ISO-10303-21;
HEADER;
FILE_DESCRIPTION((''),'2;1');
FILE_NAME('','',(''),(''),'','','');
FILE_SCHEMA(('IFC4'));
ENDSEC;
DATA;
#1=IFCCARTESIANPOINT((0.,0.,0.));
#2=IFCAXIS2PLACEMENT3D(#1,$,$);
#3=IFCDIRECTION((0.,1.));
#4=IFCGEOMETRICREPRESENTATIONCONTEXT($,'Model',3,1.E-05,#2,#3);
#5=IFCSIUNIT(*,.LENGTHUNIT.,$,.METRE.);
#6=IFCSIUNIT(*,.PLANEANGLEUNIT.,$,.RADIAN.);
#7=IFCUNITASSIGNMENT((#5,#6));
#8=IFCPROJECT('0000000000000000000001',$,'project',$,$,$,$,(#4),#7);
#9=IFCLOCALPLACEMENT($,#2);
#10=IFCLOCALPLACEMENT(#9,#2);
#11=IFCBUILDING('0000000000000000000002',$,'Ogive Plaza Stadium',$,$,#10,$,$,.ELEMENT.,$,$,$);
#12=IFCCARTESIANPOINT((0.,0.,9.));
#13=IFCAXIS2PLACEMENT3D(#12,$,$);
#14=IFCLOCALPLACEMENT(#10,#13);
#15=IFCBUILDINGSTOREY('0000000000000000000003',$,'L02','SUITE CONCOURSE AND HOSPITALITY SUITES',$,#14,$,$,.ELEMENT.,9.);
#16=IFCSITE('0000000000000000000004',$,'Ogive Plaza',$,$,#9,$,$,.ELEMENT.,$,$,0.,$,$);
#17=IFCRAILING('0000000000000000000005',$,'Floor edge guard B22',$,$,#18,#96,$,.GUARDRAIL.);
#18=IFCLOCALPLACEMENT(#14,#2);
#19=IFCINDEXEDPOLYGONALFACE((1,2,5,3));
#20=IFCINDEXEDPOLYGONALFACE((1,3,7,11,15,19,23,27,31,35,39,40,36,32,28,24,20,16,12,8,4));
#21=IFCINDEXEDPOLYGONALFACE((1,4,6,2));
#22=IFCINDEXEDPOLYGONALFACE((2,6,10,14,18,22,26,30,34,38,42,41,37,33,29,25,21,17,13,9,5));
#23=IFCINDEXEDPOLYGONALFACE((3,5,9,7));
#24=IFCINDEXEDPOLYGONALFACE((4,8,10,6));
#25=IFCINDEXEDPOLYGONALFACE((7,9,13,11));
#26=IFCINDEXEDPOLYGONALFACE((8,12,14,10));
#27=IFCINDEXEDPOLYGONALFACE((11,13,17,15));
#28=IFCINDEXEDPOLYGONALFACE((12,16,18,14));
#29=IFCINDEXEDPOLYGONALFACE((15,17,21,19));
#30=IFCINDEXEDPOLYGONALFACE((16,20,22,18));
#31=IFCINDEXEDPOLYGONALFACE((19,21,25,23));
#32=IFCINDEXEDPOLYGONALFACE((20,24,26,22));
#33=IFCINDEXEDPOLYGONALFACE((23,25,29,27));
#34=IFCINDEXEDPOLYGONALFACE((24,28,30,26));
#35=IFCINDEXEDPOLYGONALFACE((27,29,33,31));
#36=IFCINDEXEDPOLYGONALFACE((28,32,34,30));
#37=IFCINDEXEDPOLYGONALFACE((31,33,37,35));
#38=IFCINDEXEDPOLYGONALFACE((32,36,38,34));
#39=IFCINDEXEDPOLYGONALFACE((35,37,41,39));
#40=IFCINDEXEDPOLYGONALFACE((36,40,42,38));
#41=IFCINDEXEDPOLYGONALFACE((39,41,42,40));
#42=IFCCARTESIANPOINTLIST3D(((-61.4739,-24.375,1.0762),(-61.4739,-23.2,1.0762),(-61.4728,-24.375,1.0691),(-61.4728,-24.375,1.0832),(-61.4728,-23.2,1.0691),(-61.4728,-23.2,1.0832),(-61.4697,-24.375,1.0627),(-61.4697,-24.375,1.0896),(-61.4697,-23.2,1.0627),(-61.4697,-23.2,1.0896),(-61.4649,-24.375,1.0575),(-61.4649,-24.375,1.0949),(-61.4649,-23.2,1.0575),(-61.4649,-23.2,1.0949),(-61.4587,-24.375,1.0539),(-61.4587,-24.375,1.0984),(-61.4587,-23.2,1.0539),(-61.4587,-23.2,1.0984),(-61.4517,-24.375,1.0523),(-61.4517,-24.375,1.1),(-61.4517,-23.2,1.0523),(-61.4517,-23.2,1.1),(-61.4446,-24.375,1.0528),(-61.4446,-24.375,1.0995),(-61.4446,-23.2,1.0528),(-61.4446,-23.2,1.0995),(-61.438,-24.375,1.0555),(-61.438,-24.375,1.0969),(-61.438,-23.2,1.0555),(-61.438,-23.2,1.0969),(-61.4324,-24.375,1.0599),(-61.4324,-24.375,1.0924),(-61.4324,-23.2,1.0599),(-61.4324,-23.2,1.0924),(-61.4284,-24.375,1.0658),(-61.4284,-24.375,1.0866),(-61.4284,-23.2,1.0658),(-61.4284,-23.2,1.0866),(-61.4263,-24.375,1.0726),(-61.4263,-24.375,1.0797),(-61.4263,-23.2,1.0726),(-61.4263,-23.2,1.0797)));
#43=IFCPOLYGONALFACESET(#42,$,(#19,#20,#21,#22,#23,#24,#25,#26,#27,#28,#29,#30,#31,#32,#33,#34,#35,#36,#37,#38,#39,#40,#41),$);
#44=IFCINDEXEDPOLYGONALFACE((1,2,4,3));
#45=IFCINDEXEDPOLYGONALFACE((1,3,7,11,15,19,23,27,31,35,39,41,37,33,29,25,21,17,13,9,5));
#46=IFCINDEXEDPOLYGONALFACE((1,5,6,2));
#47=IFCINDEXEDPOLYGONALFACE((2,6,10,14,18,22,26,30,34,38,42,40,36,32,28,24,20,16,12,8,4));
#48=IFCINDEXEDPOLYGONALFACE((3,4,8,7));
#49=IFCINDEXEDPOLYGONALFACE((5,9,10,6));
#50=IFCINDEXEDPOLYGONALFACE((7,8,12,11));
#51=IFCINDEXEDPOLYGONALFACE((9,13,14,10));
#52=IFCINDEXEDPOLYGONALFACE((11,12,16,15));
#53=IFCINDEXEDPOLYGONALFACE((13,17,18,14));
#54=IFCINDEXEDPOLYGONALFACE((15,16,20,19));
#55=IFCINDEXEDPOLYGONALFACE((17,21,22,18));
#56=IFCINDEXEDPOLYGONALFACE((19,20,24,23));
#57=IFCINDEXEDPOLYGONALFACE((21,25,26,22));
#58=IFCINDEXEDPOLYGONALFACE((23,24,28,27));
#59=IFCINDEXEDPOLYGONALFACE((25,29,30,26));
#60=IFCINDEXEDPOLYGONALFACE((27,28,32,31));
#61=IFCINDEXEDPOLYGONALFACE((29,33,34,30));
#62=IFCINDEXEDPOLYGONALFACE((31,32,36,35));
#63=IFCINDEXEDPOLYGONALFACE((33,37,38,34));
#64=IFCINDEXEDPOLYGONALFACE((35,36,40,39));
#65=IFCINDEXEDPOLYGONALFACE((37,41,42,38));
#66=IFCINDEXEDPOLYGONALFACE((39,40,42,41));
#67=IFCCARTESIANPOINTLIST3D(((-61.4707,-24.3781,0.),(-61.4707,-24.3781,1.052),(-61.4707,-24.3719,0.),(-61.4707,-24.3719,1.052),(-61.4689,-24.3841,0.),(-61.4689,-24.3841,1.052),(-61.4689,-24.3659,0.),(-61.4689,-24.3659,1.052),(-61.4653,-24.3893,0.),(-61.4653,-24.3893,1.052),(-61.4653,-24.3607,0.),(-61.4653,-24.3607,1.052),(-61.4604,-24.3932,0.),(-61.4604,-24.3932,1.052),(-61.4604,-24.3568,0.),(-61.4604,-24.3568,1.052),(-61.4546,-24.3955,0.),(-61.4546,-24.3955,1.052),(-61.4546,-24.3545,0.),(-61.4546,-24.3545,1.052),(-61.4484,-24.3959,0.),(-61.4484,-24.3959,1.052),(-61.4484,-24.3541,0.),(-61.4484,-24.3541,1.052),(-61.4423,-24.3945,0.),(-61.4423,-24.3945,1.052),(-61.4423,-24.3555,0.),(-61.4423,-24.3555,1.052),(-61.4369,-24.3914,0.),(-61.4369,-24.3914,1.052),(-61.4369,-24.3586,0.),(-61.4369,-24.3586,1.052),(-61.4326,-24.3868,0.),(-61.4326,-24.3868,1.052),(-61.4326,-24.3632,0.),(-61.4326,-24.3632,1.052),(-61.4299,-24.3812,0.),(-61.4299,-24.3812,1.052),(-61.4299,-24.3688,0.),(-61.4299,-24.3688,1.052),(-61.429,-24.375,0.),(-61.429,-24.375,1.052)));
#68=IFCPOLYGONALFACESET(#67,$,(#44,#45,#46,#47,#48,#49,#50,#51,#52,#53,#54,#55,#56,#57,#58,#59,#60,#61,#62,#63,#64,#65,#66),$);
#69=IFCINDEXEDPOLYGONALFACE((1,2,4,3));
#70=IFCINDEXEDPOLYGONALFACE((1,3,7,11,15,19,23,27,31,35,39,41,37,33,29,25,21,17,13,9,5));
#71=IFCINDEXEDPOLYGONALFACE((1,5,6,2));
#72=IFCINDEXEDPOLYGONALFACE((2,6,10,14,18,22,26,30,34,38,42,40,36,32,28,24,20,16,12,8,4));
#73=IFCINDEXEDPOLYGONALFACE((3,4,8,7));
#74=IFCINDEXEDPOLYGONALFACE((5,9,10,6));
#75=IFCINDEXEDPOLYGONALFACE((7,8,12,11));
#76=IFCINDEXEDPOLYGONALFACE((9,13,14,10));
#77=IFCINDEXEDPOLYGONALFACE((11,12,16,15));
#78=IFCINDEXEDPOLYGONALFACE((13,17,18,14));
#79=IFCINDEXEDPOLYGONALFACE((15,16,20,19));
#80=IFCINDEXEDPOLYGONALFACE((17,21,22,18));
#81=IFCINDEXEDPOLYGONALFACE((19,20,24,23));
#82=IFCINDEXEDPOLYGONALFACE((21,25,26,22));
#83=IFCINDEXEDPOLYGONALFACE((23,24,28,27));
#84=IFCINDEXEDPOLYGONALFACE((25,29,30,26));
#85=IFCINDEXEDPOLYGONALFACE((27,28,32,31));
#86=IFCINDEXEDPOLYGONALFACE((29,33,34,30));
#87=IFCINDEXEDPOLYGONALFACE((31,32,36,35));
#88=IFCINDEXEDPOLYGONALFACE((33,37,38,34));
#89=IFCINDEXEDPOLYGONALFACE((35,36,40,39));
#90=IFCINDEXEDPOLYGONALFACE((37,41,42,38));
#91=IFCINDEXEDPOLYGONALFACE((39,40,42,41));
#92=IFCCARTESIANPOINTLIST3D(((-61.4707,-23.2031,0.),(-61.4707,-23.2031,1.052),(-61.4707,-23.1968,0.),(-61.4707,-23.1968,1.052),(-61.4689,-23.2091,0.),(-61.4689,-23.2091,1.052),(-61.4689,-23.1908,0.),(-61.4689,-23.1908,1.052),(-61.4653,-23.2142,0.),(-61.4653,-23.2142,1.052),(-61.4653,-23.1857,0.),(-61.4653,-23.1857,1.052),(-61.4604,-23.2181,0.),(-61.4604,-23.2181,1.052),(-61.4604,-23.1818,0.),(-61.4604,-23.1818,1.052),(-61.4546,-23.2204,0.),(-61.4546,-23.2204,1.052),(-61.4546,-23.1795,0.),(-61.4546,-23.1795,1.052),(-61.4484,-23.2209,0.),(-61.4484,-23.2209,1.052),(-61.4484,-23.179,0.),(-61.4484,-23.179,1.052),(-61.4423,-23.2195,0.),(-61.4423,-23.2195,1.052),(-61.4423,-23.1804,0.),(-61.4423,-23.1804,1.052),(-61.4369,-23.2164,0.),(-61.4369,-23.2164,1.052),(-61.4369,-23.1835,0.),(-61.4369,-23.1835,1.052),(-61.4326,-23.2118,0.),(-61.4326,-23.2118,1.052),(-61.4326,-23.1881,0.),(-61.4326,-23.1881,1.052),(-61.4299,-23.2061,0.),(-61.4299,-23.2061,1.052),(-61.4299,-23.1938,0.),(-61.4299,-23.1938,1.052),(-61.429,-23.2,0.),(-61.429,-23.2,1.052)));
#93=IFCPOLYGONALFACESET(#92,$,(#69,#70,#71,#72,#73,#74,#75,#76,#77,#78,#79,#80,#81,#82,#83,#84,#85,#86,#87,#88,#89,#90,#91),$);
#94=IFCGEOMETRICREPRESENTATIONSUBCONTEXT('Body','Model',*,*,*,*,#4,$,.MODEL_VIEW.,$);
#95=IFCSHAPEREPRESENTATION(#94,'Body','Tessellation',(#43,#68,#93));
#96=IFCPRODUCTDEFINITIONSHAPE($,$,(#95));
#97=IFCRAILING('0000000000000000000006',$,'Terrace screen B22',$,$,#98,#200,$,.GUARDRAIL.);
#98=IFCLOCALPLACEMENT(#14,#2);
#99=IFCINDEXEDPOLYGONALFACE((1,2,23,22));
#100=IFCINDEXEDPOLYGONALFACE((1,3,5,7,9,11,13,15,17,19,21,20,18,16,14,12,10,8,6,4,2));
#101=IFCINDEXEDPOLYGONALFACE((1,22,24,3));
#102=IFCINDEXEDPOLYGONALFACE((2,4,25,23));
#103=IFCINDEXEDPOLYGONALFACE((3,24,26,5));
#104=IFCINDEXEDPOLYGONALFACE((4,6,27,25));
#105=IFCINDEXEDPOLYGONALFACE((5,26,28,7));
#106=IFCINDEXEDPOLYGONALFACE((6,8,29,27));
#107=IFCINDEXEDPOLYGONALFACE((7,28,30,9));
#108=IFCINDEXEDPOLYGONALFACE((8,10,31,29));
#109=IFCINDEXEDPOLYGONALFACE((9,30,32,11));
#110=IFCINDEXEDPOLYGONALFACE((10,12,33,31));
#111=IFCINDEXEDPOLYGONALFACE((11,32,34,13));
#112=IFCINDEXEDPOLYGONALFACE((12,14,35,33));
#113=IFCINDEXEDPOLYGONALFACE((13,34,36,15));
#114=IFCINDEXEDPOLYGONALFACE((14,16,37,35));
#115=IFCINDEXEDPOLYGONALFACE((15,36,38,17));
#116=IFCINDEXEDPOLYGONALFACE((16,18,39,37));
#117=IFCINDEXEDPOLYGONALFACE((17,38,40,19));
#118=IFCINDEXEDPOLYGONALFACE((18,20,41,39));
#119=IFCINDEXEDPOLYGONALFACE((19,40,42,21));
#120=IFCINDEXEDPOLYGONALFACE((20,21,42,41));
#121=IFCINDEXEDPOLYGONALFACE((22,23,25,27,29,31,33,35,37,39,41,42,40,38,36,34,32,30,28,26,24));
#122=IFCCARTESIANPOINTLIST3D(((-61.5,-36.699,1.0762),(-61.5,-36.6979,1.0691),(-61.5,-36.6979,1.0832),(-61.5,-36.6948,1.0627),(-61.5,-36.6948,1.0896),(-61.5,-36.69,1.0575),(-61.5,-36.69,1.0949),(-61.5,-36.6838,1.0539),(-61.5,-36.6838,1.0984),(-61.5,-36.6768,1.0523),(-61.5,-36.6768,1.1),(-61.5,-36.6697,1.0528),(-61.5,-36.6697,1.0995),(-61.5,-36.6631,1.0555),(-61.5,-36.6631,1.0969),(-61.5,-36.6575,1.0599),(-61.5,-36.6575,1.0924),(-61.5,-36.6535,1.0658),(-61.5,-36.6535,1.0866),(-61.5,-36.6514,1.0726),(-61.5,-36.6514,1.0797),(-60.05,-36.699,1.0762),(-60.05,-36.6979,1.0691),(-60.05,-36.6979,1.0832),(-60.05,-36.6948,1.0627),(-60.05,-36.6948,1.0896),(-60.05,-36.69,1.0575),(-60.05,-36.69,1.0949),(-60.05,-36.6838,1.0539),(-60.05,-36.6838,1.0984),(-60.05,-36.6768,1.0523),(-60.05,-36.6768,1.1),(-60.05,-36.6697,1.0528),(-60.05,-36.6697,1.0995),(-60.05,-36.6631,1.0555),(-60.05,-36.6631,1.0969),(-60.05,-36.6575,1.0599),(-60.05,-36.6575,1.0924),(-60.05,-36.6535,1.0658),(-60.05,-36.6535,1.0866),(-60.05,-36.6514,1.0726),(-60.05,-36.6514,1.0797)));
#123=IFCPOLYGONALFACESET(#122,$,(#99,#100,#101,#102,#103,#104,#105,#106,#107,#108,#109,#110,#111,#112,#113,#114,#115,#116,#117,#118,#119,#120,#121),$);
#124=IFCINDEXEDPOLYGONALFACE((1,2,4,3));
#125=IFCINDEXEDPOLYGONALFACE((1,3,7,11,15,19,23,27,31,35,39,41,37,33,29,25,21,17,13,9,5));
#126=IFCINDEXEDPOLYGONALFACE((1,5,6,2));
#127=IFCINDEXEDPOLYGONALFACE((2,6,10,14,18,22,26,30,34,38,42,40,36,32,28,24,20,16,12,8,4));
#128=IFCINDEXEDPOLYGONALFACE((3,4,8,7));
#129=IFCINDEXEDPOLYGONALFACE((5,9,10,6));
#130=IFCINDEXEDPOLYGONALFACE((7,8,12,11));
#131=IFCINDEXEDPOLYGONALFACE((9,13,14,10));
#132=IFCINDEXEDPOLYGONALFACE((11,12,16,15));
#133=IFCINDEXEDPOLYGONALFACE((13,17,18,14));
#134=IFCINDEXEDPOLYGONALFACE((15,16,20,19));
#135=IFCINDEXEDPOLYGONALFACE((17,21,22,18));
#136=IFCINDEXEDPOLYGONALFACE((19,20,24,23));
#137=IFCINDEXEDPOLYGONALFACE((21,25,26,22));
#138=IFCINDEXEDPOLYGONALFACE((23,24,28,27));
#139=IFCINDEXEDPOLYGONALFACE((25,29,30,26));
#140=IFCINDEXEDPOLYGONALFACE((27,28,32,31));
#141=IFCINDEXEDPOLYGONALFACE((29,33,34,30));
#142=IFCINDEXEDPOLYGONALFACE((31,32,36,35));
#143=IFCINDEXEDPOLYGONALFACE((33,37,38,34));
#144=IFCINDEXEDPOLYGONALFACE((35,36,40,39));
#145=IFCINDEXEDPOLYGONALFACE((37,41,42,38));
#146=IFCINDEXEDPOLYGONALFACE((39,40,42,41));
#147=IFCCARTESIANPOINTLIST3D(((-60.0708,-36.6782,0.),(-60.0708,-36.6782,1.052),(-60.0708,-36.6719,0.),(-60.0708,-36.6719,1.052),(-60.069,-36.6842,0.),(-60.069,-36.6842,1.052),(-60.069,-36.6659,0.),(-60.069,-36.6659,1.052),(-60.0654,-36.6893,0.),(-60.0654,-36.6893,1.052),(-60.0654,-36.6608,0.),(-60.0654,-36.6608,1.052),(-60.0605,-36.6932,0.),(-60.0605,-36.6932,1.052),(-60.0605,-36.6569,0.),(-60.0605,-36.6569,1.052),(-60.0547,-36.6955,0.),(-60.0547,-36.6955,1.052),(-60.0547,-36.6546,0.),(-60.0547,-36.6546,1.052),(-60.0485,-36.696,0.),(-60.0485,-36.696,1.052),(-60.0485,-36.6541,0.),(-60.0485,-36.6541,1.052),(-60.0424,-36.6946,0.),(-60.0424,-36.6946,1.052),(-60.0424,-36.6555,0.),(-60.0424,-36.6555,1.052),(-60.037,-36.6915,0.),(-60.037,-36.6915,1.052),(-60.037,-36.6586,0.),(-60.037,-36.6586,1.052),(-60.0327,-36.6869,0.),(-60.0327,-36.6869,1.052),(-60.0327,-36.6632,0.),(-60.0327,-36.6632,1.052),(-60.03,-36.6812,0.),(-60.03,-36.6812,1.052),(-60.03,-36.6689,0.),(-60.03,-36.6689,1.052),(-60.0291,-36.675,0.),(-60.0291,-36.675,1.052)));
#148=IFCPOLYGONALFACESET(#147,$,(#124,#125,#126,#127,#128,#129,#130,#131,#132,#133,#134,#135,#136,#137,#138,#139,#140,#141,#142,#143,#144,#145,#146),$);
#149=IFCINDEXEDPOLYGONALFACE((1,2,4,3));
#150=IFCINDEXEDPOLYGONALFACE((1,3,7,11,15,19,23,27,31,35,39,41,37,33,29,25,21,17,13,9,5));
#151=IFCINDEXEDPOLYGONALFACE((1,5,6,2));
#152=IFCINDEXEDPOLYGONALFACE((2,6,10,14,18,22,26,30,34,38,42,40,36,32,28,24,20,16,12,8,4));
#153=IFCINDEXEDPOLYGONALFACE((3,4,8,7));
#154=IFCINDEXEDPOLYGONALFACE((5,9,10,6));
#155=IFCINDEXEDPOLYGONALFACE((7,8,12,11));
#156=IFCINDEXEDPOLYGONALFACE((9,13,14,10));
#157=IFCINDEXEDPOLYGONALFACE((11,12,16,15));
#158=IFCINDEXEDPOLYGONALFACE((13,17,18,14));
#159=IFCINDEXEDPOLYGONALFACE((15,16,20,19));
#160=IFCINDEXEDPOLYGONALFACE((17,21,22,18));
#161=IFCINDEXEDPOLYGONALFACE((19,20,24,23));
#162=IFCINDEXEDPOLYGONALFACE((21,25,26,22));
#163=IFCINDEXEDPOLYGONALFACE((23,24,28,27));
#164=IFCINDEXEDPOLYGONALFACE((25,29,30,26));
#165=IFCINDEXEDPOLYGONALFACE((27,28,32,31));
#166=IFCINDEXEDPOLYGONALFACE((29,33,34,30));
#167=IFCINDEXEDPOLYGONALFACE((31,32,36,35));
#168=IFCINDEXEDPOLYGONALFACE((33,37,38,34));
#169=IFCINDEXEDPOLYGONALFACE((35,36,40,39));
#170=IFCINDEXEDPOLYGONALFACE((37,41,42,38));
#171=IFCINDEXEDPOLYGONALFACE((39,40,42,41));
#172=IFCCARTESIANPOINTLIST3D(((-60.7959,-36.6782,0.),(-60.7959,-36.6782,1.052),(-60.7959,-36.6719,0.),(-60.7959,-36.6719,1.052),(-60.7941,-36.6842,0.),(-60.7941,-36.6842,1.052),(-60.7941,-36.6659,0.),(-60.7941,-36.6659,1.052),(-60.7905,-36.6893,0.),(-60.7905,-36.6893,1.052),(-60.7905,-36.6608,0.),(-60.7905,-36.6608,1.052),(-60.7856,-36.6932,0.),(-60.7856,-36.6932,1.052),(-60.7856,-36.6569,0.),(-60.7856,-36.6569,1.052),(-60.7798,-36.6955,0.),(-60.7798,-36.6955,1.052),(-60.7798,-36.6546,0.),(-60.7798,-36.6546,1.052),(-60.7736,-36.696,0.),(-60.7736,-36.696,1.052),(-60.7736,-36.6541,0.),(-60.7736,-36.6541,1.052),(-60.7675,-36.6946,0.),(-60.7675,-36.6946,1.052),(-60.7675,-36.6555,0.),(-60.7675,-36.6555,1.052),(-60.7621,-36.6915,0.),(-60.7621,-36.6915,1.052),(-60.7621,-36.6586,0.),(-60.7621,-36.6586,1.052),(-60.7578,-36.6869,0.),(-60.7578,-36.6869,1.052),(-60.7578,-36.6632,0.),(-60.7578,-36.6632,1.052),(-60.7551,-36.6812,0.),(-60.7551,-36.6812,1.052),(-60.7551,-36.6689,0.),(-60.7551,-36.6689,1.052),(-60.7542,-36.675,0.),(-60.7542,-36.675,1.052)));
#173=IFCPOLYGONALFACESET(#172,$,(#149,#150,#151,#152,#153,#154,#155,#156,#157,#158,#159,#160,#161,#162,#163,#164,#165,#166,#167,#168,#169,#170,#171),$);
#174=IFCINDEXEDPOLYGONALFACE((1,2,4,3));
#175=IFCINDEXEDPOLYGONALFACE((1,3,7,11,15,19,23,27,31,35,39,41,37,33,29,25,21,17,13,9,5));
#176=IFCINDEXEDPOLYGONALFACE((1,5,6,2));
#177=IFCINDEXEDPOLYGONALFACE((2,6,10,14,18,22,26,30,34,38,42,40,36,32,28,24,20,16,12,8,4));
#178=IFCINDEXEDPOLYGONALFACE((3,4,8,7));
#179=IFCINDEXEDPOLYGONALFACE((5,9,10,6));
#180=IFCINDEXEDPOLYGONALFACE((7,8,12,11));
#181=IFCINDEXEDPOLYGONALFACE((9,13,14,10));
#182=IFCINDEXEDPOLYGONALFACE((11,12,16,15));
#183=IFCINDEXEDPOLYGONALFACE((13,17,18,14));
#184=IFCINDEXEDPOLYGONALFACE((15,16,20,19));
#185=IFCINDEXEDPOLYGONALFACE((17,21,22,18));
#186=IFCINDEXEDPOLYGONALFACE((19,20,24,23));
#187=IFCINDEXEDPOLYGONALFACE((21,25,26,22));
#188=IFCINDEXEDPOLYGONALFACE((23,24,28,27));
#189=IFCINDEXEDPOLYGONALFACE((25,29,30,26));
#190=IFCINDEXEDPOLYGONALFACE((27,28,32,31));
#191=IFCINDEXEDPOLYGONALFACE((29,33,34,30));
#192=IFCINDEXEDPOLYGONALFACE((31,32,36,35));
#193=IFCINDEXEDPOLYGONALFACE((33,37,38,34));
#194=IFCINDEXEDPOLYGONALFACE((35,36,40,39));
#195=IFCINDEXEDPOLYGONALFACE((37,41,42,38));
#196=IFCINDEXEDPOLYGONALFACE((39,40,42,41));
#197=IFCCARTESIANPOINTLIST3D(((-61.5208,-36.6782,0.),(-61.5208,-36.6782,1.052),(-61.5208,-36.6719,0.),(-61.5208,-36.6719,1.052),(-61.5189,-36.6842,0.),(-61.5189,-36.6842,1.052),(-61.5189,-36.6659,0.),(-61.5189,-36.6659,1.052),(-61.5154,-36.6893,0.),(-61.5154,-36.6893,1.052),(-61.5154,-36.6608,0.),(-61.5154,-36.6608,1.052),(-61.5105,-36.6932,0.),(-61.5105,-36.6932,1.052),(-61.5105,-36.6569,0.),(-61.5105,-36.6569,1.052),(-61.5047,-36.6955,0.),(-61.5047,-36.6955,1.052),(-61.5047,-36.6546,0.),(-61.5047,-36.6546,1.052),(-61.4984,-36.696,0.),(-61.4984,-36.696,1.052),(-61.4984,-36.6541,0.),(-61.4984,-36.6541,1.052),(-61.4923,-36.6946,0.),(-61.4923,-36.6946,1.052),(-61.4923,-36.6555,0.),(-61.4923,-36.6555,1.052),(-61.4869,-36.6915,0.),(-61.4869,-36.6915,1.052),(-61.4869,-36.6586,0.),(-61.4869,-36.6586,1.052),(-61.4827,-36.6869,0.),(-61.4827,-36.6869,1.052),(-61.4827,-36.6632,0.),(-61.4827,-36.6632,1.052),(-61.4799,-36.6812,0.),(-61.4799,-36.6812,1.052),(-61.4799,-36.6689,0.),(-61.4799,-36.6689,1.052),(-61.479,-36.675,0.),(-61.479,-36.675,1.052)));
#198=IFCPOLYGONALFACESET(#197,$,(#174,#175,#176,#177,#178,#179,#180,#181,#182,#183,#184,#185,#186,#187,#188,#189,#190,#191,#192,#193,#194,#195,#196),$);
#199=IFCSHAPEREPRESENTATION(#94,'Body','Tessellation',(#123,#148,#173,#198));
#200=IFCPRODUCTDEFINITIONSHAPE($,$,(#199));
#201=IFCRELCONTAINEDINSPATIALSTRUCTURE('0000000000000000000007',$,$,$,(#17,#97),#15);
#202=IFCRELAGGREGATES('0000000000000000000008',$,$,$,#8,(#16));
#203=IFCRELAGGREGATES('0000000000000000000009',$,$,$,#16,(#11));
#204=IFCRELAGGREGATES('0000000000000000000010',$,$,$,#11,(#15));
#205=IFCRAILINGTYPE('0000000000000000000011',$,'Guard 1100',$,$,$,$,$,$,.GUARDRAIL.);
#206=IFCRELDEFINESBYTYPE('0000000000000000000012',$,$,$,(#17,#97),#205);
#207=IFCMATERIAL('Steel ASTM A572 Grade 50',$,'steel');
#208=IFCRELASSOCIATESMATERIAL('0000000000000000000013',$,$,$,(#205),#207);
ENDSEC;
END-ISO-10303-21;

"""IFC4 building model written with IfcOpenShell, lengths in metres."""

from ifc_helpers import new_model, si_unit, direction, frame, origin, origin_2d, place, context, subcontext, project, spatial, circle, extrude, material, type_object, element, save


model = new_model("IFC4")

# Units and contexts
model_context = context("Model", 3, precision=1e-05, world=origin(), true_north=direction((0.0, 1.0)))
body_context = subcontext(model_context, "Body", "Model", "MODEL_VIEW")
ifc_project = project(units=[si_unit("LENGTHUNIT", "METRE"), si_unit("PLANEANGLEUNIT", "RADIAN")], contexts=[model_context])

# Site, building, storey
site_placement = place(None, origin())
site = spatial("IfcSite", under=ifc_project, at=site_placement, Name="Ogive Plaza", CompositionType="ELEMENT", RefElevation=0.0)
building_placement = place(site_placement, origin())
building = spatial("IfcBuilding", under=site, at=building_placement, Name="Ogive Plaza Stadium", CompositionType="ELEMENT")
storey_placement = place(building_placement, frame((0.0, 0.0, 9.0)))
storey = spatial("IfcBuildingStorey", under=building, at=storey_placement, Name="L02", Description="SUITE CONCOURSE AND HOSPITALITY SUITES", CompositionType="ELEMENT", Elevation=9.0)

# Railings
ifc_material_1 = material(Name="Steel ASTM A572 Grade 50", Category="steel")
railing_type = type_object("IfcRailingType", Name="Guard 1100", PredefinedType="GUARDRAIL", material=ifc_material_1)
railing_1_placement = place(storey_placement, frame((-61.45, -24.375, 0.0)))
element("IfcRailing", 1, at=railing_1_placement, inside=storey, type_object=railing_type, Name="Floor edge guard B22", PredefinedType="GUARDRAIL", context=body_context, shape_type="SweptSolid", body=[
    extrude(circle(Radius=0.0239, at=origin_2d()), frame((0.0, 0.0, 1.0762), z_axis=(0.0, 1.0, 0.0), x_axis=(-1.0, 0.0, 0.0)), (0.0, 0.0, 1.0), 1.175),
    extrude(circle(Radius=0.021, at=origin_2d()), origin(), (0.0, 0.0, 1.0), 1.052),
    extrude(circle(Radius=0.021, at=origin_2d()), frame((0.0, 1.175, 0.0)), (0.0, 0.0, 1.0), 1.052),
])
for number, where, name in (
    (2, (-60.05, -36.675, 0.0), "Terrace screen B22"),
):
    element("IfcRailing", number, at=place(storey_placement, frame(where)), inside=storey, type_object=railing_type, Name=name, PredefinedType="GUARDRAIL", context=body_context, shape_type="SweptSolid", body=[
        extrude(circle(Radius=0.0239, at=origin_2d()), frame((0.0, 0.0, 1.0762), z_axis=(-1.0, 0.0, 0.0), x_axis=(0.0, -1.0, 0.0)), (0.0, 0.0, 1.0), 1.45),
        extrude(circle(Radius=0.021, at=origin_2d()), origin(), (0.0, 0.0, 1.0), 1.052),
        extrude(circle(Radius=0.021, at=origin_2d()), frame((-0.7251, 0.0, 0.0)), (0.0, 0.0, 1.0), 1.052),
        extrude(circle(Radius=0.021, at=origin_2d()), frame((-1.45, 0.0, 0.0)), (0.0, 0.0, 1.0), 1.052),
    ])

save(model, "model.ifc")
